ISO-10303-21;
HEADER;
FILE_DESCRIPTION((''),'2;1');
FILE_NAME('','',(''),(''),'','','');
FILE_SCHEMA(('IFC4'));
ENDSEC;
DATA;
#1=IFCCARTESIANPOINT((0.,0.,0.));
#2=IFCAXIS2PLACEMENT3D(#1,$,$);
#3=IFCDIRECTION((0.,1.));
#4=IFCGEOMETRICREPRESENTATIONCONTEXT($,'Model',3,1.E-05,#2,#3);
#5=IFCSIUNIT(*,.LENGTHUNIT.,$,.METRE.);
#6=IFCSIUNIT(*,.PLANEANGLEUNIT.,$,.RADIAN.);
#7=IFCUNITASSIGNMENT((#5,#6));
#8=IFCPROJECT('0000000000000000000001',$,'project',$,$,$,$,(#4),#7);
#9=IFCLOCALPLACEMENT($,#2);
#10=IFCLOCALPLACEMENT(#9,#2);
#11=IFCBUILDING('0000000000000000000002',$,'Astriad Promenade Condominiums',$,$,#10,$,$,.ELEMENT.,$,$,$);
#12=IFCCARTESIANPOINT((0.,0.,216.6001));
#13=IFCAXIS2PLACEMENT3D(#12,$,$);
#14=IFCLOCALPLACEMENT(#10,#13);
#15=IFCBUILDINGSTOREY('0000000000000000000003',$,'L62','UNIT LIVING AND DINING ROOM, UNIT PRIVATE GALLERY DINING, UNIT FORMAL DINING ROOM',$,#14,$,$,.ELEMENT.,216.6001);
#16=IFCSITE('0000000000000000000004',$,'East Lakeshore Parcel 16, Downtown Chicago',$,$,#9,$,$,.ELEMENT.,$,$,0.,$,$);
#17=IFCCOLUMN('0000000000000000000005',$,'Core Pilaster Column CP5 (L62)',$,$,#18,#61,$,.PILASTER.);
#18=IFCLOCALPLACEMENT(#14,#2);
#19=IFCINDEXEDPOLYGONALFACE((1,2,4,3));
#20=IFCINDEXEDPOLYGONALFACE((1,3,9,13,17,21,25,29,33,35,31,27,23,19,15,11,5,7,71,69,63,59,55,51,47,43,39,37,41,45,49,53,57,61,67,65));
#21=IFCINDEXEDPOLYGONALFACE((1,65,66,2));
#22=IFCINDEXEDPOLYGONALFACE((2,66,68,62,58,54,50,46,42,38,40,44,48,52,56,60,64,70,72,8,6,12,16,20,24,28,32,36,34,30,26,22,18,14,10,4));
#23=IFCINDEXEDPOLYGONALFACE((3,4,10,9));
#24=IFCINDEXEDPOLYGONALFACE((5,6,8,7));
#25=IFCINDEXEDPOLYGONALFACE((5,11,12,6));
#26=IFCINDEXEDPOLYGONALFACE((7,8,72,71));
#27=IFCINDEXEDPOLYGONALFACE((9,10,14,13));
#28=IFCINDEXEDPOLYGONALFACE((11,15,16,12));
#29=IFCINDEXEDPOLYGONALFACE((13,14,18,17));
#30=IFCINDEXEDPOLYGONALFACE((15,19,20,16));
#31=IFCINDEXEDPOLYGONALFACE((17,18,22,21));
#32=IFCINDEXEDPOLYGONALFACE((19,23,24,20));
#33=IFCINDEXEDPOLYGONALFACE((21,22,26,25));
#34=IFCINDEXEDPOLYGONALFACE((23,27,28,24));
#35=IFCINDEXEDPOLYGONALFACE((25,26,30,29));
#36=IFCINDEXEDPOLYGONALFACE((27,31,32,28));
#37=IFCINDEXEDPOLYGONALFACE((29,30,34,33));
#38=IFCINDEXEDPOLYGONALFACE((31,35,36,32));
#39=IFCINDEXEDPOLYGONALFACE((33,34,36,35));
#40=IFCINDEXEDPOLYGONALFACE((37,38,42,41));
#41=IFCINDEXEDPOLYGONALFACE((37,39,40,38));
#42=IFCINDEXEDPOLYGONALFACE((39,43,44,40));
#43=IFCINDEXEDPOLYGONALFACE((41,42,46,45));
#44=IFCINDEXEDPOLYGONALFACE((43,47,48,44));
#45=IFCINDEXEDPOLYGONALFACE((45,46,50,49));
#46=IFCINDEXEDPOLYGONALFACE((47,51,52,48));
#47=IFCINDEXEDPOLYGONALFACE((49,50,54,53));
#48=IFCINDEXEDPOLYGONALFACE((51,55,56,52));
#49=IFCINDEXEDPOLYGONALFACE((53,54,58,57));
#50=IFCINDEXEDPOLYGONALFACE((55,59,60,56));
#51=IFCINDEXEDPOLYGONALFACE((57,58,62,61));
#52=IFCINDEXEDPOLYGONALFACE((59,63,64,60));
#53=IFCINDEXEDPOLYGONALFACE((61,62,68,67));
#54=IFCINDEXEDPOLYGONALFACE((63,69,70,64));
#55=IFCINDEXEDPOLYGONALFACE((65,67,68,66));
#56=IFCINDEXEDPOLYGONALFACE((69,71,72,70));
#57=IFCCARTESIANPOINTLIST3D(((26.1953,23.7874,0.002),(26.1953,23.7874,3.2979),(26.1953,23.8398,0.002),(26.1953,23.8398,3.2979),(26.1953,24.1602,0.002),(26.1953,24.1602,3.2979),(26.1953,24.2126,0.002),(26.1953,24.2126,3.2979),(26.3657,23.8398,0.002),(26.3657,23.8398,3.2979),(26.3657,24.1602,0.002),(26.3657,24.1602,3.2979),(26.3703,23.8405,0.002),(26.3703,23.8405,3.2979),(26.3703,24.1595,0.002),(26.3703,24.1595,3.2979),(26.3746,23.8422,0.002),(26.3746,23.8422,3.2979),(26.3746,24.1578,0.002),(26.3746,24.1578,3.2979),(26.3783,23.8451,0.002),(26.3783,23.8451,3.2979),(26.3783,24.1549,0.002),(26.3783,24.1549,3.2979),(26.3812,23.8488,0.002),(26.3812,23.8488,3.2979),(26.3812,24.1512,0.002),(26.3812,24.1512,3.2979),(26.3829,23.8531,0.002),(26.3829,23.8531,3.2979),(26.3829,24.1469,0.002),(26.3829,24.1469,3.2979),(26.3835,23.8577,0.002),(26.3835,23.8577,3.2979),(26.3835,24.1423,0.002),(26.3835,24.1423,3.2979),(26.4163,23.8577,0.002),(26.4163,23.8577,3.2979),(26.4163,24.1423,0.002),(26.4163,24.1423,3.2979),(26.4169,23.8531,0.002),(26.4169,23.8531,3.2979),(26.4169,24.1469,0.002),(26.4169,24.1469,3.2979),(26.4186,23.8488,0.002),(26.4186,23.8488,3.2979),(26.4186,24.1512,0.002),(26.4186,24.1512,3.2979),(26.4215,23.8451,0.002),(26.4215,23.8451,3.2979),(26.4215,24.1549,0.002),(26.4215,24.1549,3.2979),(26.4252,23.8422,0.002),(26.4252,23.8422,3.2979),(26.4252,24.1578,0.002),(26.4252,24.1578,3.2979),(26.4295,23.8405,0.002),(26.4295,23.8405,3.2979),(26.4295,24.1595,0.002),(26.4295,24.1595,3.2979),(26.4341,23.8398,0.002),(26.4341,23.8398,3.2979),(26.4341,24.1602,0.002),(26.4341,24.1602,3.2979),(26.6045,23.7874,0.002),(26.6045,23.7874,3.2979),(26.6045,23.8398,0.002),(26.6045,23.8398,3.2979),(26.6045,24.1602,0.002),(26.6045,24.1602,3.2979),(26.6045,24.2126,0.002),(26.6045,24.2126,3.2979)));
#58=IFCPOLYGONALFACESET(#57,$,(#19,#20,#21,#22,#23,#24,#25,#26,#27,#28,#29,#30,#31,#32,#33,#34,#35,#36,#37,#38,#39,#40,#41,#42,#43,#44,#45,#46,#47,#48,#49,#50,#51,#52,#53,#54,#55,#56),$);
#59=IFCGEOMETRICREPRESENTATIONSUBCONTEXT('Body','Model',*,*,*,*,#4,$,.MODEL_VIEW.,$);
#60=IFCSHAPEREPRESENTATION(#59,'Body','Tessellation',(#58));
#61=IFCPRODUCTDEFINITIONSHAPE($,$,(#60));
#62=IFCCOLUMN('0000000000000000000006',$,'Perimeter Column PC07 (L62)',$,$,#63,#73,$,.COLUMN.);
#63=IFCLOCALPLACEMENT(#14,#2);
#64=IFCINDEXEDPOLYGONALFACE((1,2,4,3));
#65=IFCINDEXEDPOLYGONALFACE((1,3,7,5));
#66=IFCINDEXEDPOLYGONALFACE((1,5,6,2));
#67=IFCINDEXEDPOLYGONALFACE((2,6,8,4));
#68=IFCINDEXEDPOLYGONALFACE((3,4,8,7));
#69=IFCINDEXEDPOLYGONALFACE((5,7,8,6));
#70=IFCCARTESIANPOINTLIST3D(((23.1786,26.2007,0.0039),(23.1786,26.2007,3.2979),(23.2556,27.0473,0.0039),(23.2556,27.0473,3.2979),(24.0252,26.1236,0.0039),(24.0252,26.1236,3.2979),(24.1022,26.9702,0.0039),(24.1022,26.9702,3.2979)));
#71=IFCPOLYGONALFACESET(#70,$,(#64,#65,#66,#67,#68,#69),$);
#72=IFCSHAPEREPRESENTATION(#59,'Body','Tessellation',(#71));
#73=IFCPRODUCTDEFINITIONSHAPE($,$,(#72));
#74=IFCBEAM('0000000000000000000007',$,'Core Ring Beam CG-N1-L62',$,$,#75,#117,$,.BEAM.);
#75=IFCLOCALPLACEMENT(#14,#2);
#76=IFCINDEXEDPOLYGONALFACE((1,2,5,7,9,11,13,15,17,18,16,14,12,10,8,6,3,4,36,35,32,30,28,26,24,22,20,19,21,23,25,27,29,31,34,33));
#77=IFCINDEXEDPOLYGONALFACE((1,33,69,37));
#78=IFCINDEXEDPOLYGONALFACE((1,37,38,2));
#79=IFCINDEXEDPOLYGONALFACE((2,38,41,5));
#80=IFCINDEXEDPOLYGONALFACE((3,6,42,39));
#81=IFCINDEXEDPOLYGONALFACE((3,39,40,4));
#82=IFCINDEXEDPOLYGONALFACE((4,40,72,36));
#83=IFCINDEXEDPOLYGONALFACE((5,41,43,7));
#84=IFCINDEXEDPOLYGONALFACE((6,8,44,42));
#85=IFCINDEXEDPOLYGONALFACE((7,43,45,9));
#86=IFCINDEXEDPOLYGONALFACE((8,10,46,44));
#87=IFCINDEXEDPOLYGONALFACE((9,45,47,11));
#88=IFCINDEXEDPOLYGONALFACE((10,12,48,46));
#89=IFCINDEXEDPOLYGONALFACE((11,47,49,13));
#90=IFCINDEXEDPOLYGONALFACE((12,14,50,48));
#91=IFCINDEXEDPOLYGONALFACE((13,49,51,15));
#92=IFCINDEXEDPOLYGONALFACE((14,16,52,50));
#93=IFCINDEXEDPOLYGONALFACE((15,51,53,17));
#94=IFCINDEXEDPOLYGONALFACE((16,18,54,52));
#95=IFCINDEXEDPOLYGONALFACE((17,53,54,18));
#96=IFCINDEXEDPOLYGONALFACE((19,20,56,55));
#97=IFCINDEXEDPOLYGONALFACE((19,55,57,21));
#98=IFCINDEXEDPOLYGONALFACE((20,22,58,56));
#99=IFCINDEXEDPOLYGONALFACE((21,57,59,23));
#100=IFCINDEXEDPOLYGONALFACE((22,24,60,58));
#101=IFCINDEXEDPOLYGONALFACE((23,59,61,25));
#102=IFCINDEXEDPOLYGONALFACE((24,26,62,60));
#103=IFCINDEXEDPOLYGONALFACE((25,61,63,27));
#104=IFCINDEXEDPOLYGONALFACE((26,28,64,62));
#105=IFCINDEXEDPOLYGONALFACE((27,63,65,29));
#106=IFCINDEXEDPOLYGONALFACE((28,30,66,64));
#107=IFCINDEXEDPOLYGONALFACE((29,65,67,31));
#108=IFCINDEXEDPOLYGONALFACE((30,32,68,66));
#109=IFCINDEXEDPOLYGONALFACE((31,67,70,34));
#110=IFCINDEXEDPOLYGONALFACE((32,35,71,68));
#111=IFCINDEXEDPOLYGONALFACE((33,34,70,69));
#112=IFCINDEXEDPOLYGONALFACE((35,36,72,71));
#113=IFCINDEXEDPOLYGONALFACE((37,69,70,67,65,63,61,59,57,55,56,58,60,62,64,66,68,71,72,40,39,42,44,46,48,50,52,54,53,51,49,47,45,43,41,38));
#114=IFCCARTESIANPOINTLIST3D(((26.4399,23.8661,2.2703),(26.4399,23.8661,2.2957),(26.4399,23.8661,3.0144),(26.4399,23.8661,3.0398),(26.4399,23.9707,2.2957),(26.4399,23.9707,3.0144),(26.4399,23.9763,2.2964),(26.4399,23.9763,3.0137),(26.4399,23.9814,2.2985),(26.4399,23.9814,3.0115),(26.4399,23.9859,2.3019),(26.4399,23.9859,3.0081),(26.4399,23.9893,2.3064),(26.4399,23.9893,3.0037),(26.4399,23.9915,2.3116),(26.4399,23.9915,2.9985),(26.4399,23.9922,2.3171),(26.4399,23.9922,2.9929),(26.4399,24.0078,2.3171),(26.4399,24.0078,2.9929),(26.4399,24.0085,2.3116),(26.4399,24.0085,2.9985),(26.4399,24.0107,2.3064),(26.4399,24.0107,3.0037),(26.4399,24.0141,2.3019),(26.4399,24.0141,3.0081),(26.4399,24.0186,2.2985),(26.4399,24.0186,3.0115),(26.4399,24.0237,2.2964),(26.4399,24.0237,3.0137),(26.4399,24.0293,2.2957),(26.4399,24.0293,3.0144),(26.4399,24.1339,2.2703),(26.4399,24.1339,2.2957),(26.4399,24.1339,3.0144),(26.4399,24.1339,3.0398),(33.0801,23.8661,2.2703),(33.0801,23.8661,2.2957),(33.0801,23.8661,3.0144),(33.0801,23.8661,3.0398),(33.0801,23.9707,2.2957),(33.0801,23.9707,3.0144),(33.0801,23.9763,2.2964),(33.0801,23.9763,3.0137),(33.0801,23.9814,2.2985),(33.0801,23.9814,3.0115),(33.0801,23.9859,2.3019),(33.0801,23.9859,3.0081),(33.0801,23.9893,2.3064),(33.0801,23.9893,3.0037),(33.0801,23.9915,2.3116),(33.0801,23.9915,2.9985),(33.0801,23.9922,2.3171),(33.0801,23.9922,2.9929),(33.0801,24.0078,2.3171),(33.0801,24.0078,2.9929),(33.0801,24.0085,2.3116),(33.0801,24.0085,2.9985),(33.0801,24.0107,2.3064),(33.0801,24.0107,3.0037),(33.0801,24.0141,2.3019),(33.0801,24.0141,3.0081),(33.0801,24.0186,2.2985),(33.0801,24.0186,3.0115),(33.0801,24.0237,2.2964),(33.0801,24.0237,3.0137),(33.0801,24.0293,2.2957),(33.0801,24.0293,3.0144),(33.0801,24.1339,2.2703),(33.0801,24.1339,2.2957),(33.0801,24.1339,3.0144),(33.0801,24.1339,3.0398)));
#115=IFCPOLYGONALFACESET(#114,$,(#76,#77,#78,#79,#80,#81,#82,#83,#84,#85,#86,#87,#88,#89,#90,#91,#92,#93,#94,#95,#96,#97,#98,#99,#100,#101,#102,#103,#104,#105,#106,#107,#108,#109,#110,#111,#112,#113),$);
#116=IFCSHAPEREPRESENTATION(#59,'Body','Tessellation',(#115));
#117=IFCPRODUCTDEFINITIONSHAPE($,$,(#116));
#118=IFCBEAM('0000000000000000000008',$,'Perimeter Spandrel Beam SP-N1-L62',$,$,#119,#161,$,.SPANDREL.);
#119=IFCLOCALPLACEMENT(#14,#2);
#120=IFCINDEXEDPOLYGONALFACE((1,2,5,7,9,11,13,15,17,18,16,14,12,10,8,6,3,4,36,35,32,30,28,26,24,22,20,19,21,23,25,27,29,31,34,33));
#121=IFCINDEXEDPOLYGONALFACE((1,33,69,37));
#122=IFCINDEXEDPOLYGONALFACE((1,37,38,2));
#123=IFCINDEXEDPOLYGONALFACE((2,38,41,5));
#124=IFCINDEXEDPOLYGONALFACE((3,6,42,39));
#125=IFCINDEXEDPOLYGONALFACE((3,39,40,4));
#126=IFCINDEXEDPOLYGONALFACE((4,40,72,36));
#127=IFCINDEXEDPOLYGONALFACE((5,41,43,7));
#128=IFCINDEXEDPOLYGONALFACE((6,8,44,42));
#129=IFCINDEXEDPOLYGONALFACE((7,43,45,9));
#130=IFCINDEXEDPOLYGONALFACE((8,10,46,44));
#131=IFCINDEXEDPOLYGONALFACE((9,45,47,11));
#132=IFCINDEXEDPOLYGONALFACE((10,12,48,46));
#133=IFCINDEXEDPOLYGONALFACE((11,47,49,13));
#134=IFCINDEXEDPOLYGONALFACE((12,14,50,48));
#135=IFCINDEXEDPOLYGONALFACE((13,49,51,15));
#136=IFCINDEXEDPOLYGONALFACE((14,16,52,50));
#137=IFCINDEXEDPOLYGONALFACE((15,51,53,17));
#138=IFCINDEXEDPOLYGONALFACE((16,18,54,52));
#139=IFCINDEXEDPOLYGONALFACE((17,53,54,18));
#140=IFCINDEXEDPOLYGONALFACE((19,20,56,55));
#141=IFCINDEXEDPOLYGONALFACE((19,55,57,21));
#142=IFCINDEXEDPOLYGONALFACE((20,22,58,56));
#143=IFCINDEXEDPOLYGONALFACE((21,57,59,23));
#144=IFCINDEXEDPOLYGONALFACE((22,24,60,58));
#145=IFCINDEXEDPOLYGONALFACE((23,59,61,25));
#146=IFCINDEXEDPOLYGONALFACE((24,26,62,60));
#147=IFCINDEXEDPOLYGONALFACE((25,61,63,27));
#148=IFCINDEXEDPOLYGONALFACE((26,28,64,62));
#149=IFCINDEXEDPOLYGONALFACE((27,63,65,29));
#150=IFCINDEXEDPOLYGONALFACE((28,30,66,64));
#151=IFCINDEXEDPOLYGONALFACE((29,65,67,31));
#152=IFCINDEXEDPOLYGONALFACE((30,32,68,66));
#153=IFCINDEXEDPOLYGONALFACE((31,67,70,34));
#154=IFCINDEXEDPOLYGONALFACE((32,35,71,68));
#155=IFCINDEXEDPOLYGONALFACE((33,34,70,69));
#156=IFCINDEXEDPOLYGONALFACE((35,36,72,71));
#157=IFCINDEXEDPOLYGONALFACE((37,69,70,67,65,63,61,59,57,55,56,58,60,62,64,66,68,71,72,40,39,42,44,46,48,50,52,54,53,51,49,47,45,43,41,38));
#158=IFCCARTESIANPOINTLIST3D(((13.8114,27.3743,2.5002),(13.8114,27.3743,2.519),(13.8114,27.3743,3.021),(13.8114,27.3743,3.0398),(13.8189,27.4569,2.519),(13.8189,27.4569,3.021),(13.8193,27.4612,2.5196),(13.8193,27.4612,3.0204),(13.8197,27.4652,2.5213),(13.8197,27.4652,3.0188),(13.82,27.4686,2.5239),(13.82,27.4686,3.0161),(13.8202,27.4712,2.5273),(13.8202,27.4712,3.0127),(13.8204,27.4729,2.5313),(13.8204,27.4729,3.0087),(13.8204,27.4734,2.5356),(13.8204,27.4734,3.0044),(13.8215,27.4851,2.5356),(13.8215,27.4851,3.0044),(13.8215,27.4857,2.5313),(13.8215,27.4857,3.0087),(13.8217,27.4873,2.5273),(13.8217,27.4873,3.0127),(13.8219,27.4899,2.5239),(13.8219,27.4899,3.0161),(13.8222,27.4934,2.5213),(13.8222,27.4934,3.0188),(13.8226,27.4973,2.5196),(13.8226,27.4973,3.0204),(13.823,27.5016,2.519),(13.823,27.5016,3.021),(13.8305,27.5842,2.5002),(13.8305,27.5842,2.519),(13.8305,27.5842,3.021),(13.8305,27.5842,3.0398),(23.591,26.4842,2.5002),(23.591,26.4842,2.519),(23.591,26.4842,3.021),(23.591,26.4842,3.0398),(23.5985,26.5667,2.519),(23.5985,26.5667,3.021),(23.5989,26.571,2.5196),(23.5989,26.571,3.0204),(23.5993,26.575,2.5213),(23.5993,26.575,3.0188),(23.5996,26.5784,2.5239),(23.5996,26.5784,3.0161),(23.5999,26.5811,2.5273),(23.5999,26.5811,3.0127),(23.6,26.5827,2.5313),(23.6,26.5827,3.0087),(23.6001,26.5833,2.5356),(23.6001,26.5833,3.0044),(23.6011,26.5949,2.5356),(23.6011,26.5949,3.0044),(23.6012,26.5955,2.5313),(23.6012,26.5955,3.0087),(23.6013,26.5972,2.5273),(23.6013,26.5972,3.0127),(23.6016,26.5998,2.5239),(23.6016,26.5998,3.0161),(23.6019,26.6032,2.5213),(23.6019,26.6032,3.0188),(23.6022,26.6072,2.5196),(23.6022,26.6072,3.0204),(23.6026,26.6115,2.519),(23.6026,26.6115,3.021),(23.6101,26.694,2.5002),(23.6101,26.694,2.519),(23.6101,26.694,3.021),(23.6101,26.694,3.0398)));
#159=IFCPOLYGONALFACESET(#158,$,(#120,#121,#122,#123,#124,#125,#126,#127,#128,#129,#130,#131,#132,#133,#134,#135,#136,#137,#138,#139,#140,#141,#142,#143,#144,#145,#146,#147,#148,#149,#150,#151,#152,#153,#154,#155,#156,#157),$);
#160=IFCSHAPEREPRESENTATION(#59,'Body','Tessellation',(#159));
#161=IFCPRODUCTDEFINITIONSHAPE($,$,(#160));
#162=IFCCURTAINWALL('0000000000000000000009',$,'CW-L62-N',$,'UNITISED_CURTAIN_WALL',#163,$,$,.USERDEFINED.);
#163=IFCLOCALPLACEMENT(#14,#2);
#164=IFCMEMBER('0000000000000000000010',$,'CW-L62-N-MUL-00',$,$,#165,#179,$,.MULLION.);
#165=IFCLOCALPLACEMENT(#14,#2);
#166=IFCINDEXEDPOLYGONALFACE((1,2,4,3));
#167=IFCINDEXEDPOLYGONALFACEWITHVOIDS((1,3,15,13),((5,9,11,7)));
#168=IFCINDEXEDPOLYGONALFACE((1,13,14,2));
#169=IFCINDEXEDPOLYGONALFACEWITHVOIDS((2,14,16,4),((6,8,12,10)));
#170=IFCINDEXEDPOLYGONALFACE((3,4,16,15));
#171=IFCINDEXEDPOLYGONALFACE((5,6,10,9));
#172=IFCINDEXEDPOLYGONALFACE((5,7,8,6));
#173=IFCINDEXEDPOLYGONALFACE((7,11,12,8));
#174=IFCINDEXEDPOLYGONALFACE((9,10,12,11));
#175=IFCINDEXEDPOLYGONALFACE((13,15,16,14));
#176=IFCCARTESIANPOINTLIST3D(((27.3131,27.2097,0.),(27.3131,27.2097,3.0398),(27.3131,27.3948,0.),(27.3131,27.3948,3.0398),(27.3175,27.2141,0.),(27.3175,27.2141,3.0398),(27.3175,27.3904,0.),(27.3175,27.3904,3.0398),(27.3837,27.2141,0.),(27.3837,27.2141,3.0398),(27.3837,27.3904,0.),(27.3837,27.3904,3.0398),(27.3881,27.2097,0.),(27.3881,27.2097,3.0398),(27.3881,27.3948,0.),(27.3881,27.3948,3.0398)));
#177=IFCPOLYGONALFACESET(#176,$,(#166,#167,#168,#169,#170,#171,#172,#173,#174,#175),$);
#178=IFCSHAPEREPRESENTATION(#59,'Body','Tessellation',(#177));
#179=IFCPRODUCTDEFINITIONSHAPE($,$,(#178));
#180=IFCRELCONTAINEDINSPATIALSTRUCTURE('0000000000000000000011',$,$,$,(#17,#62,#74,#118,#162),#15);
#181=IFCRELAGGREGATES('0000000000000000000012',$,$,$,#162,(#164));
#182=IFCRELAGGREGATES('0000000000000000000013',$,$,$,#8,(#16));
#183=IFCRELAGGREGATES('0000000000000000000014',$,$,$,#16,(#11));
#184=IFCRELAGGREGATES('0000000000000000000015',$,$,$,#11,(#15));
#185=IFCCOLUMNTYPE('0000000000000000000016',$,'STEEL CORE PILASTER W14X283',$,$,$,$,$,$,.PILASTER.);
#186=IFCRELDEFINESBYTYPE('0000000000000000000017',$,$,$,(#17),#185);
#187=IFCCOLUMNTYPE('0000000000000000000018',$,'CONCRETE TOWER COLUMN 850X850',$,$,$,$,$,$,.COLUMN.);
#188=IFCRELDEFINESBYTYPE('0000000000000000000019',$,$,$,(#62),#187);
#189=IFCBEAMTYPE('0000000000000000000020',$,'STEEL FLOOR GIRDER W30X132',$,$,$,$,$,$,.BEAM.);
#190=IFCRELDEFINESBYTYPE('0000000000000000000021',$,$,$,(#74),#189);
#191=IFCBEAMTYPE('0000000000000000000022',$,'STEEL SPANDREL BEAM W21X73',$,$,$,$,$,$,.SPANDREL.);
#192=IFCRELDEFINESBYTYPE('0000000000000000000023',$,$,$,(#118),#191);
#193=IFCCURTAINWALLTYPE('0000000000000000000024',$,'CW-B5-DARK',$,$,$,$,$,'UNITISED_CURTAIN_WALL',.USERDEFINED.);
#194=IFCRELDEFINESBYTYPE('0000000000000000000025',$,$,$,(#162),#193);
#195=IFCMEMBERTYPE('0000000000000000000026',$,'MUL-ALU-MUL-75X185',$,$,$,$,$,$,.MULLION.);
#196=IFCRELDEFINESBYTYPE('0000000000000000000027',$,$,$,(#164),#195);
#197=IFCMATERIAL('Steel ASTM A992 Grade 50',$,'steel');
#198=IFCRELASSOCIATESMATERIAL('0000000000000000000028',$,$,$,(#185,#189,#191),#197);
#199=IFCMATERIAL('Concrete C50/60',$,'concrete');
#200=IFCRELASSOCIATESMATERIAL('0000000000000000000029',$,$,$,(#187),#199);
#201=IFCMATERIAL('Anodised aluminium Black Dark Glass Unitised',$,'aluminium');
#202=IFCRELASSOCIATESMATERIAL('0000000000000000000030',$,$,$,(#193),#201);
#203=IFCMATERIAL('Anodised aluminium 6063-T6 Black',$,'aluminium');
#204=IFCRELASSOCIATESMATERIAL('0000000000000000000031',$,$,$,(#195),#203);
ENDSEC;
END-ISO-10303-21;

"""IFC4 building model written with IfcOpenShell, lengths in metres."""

from ifc_helpers import new_model, si_unit, direction, frame, origin, origin_2d, place, context, subcontext, project, spatial, rectangle, hollow_rectangle, i_section, extrude, source, transform, mapped, material, material_profile, profile_set, type_object, type_shapes, element, aggregate, save


model = new_model("IFC4")

# Units and contexts
model_context = context("Model", 3, precision=1e-05, world=origin(), true_north=direction((0.0, 1.0)))
body_context = subcontext(model_context, "Body", "Model", "MODEL_VIEW")
ifc_project = project(units=[si_unit("LENGTHUNIT", "METRE"), si_unit("PLANEANGLEUNIT", "RADIAN")], contexts=[model_context])

# Site, building, storey
site_placement = place(None, origin())
site = spatial("IfcSite", under=ifc_project, at=site_placement, Name="East Lakeshore Parcel 16, Downtown Chicago", CompositionType="ELEMENT", RefElevation=0.0)
building_placement = place(site_placement, origin())
building = spatial("IfcBuilding", under=site, at=building_placement, Name="Astriad Promenade Condominiums", CompositionType="ELEMENT")
storey_placement = place(building_placement, frame((0.0, 0.0, 216.6001)))
storey = spatial("IfcBuildingStorey", under=building, at=storey_placement, Name="L62", Description="UNIT LIVING AND DINING ROOM, UNIT PRIVATE GALLERY DINING, UNIT FORMAL DINING ROOM", CompositionType="ELEMENT", Elevation=216.6001)

# Columns
ifc_material_1 = material(Name="Steel ASTM A992 Grade 50", Category="steel")
ifc_material_profile_1 = material_profile(ifc_material_1, i_section(OverallWidth=0.4092, OverallDepth=0.4253, WebThickness=0.0327, FlangeThickness=0.0525, FilletRadius=0.0178, at=origin_2d()), Name="W14X283")
ifc_profile_set_1 = profile_set([ifc_material_profile_1], Name="Steel ASTM A992 Grade 50")
column_type_1 = type_object("IfcColumnType", Name="STEEL CORE PILASTER W14X283", PredefinedType="PILASTER", material=ifc_profile_set_1)
shared_shape_1 = source(origin(), body_context, "Body", "SweptSolid", [
    extrude(i_section(OverallWidth=0.4092, OverallDepth=0.4253, WebThickness=0.0327, FlangeThickness=0.0525, FilletRadius=0.0178, at=origin_2d()), origin(), (0.0, 0.0, 1.0), 3.2959),
])
type_shapes(column_type_1, [shared_shape_1])
column_1_placement = place(storey_placement, frame((26.3999, 24.0, 0.002), z_axis=(0.0, 0.0, 1.0), x_axis=(1.0, 0.0, 0.0)))
element("IfcColumn", 1, at=column_1_placement, inside=storey, type_object=column_type_1, Name="Core Pilaster Column CP5 (L62)", PredefinedType="PILASTER", context=body_context, shape_type="MappedRepresentation", body=[
    mapped(shared_shape_1, transform((0.0, 0.0, 0.0), scale=1.0)),
])
ifc_material_2 = material(Name="Concrete C50/60", Category="concrete")
ifc_material_profile_2 = material_profile(ifc_material_2, rectangle(XDim=0.8501, YDim=0.8501, at=origin_2d()), Name="RC-COL-850X850")
ifc_profile_set_2 = profile_set([ifc_material_profile_2], Name="Concrete C50/60")
column_type_2 = type_object("IfcColumnType", Name="CONCRETE TOWER COLUMN 850X850", PredefinedType="COLUMN", material=ifc_profile_set_2)
shared_shape_2 = source(origin(), body_context, "Body", "SweptSolid", [
    extrude(rectangle(XDim=0.8501, YDim=0.8501, at=origin_2d()), origin(), (0.0, 0.0, 1.0), 3.2939),
])
type_shapes(column_type_2, [shared_shape_2])
column_2_placement = place(storey_placement, frame((23.6404, 26.5854, 0.0039), z_axis=(0.0, 0.0, 1.0), x_axis=(0.995884, -0.090633, 0.0)))
element("IfcColumn", 2, at=column_2_placement, inside=storey, type_object=column_type_2, Name="Perimeter Column PC07 (L62)", PredefinedType="COLUMN", context=body_context, shape_type="MappedRepresentation", body=[
    mapped(shared_shape_2, transform((0.0, 0.0, 0.0), scale=1.0)),
])

# Beams
ifc_material_profile_3 = material_profile(ifc_material_1, i_section(OverallWidth=0.2678, OverallDepth=0.7695, WebThickness=0.0156, FlangeThickness=0.0254, FilletRadius=0.0215, at=origin_2d()), Name="W30X132")
ifc_profile_set_3 = profile_set([ifc_material_profile_3], Name="Steel ASTM A992 Grade 50")
beam_type_1 = type_object("IfcBeamType", Name="STEEL FLOOR GIRDER W30X132", PredefinedType="BEAM", material=ifc_profile_set_3)
shared_shape_3 = source(origin(), body_context, "Body", "SweptSolid", [
    extrude(i_section(OverallWidth=0.2678, OverallDepth=0.7695, WebThickness=0.0156, FlangeThickness=0.0254, FilletRadius=0.0215, at=origin_2d()), origin(), (0.0, 0.0, 1.0), 6.6401),
])
type_shapes(beam_type_1, [shared_shape_3])
beam_1_placement = place(storey_placement, frame((26.4399, 24.0, 2.655), z_axis=(1.0, 0.0, 0.0), x_axis=(0.0, 1.0, 0.0)))
element("IfcBeam", 3, at=beam_1_placement, inside=storey, type_object=beam_type_1, Name="Core Ring Beam CG-N1-L62", PredefinedType="BEAM", context=body_context, shape_type="MappedRepresentation", body=[
    mapped(shared_shape_3, transform((0.0, 0.0, 0.0), scale=1.0)),
])
ifc_material_profile_4 = material_profile(ifc_material_1, i_section(OverallWidth=0.2107, OverallDepth=0.5396, WebThickness=0.0117, FlangeThickness=0.0188, FilletRadius=0.0166, at=origin_2d()), Name="W21X73")
ifc_profile_set_4 = profile_set([ifc_material_profile_4], Name="Steel ASTM A992 Grade 50")
beam_type_2 = type_object("IfcBeamType", Name="STEEL SPANDREL BEAM W21X73", PredefinedType="SPANDREL", material=ifc_profile_set_4)
shared_shape_4 = source(origin(), body_context, "Body", "SweptSolid", [
    extrude(i_section(OverallWidth=0.2107, OverallDepth=0.5396, WebThickness=0.0117, FlangeThickness=0.0188, FilletRadius=0.0166, at=origin_2d()), origin(), (0.0, 0.0, 1.0), 9.8201),
])
type_shapes(beam_type_2, [shared_shape_4])
beam_2_placement = place(storey_placement, frame((23.6006, 26.5891, 2.77), z_axis=(-0.995883, 0.090646, 0.0), x_axis=(-0.090646, -0.995883, 0.0)))
element("IfcBeam", 4, at=beam_2_placement, inside=storey, type_object=beam_type_2, Name="Perimeter Spandrel Beam SP-N1-L62", PredefinedType="SPANDREL", context=body_context, shape_type="MappedRepresentation", body=[
    mapped(shared_shape_4, transform((0.0, 0.0, 0.0), scale=1.0)),
])

# Curtain wall, member
ifc_material_3 = material(Name="Anodised aluminium Black Dark Glass Unitised", Category="aluminium")
curtain_wall_type = type_object("IfcCurtainWallType", Name="CW-B5-DARK", ElementType="UNITISED_CURTAIN_WALL", PredefinedType="USERDEFINED", material=ifc_material_3)
curtain_wall_placement = place(storey_placement, origin())
curtain_wall = element("IfcCurtainWall", 5, at=curtain_wall_placement, inside=storey, type_object=curtain_wall_type, Name="CW-L62-N", ObjectType="UNITISED_CURTAIN_WALL", PredefinedType="USERDEFINED")
ifc_material_4 = material(Name="Anodised aluminium 6063-T6 Black", Category="aluminium")
ifc_material_profile_5 = material_profile(ifc_material_4, hollow_rectangle(XDim=0.075, YDim=0.1851, WallThickness=0.0044, at=origin_2d()), Name="ALU-MUL-75X185")
ifc_profile_set_5 = profile_set([ifc_material_profile_5], Name="Anodised aluminium 6063-T6 Black")
member_type_1 = type_object("IfcMemberType", Name="MUL-ALU-MUL-75X185", PredefinedType="MULLION", material=ifc_profile_set_5)
shared_shape_5 = source(origin(), body_context, "Body", "SweptSolid", [
    extrude(hollow_rectangle(XDim=0.075, YDim=0.1851, WallThickness=0.0044, at=origin_2d()), origin(), (0.0, 0.0, 1.0), 3.0398),
])
type_shapes(member_type_1, [shared_shape_5])
member_1_placement = place(storey_placement, frame((27.3506, 27.3022, 0.0), z_axis=(0.0, 0.0, 1.0), x_axis=(1.0, 0.0, 0.0)))
member_1 = element("IfcMember", 6, at=member_1_placement, type_object=member_type_1, Name="CW-L62-N-MUL-00", PredefinedType="MULLION", context=body_context, shape_type="MappedRepresentation", body=[
    mapped(shared_shape_5, transform((0.0, 0.0, 0.0), scale=1.0)),
])
aggregate(curtain_wall, [member_1])

save(model, "model.ifc")
